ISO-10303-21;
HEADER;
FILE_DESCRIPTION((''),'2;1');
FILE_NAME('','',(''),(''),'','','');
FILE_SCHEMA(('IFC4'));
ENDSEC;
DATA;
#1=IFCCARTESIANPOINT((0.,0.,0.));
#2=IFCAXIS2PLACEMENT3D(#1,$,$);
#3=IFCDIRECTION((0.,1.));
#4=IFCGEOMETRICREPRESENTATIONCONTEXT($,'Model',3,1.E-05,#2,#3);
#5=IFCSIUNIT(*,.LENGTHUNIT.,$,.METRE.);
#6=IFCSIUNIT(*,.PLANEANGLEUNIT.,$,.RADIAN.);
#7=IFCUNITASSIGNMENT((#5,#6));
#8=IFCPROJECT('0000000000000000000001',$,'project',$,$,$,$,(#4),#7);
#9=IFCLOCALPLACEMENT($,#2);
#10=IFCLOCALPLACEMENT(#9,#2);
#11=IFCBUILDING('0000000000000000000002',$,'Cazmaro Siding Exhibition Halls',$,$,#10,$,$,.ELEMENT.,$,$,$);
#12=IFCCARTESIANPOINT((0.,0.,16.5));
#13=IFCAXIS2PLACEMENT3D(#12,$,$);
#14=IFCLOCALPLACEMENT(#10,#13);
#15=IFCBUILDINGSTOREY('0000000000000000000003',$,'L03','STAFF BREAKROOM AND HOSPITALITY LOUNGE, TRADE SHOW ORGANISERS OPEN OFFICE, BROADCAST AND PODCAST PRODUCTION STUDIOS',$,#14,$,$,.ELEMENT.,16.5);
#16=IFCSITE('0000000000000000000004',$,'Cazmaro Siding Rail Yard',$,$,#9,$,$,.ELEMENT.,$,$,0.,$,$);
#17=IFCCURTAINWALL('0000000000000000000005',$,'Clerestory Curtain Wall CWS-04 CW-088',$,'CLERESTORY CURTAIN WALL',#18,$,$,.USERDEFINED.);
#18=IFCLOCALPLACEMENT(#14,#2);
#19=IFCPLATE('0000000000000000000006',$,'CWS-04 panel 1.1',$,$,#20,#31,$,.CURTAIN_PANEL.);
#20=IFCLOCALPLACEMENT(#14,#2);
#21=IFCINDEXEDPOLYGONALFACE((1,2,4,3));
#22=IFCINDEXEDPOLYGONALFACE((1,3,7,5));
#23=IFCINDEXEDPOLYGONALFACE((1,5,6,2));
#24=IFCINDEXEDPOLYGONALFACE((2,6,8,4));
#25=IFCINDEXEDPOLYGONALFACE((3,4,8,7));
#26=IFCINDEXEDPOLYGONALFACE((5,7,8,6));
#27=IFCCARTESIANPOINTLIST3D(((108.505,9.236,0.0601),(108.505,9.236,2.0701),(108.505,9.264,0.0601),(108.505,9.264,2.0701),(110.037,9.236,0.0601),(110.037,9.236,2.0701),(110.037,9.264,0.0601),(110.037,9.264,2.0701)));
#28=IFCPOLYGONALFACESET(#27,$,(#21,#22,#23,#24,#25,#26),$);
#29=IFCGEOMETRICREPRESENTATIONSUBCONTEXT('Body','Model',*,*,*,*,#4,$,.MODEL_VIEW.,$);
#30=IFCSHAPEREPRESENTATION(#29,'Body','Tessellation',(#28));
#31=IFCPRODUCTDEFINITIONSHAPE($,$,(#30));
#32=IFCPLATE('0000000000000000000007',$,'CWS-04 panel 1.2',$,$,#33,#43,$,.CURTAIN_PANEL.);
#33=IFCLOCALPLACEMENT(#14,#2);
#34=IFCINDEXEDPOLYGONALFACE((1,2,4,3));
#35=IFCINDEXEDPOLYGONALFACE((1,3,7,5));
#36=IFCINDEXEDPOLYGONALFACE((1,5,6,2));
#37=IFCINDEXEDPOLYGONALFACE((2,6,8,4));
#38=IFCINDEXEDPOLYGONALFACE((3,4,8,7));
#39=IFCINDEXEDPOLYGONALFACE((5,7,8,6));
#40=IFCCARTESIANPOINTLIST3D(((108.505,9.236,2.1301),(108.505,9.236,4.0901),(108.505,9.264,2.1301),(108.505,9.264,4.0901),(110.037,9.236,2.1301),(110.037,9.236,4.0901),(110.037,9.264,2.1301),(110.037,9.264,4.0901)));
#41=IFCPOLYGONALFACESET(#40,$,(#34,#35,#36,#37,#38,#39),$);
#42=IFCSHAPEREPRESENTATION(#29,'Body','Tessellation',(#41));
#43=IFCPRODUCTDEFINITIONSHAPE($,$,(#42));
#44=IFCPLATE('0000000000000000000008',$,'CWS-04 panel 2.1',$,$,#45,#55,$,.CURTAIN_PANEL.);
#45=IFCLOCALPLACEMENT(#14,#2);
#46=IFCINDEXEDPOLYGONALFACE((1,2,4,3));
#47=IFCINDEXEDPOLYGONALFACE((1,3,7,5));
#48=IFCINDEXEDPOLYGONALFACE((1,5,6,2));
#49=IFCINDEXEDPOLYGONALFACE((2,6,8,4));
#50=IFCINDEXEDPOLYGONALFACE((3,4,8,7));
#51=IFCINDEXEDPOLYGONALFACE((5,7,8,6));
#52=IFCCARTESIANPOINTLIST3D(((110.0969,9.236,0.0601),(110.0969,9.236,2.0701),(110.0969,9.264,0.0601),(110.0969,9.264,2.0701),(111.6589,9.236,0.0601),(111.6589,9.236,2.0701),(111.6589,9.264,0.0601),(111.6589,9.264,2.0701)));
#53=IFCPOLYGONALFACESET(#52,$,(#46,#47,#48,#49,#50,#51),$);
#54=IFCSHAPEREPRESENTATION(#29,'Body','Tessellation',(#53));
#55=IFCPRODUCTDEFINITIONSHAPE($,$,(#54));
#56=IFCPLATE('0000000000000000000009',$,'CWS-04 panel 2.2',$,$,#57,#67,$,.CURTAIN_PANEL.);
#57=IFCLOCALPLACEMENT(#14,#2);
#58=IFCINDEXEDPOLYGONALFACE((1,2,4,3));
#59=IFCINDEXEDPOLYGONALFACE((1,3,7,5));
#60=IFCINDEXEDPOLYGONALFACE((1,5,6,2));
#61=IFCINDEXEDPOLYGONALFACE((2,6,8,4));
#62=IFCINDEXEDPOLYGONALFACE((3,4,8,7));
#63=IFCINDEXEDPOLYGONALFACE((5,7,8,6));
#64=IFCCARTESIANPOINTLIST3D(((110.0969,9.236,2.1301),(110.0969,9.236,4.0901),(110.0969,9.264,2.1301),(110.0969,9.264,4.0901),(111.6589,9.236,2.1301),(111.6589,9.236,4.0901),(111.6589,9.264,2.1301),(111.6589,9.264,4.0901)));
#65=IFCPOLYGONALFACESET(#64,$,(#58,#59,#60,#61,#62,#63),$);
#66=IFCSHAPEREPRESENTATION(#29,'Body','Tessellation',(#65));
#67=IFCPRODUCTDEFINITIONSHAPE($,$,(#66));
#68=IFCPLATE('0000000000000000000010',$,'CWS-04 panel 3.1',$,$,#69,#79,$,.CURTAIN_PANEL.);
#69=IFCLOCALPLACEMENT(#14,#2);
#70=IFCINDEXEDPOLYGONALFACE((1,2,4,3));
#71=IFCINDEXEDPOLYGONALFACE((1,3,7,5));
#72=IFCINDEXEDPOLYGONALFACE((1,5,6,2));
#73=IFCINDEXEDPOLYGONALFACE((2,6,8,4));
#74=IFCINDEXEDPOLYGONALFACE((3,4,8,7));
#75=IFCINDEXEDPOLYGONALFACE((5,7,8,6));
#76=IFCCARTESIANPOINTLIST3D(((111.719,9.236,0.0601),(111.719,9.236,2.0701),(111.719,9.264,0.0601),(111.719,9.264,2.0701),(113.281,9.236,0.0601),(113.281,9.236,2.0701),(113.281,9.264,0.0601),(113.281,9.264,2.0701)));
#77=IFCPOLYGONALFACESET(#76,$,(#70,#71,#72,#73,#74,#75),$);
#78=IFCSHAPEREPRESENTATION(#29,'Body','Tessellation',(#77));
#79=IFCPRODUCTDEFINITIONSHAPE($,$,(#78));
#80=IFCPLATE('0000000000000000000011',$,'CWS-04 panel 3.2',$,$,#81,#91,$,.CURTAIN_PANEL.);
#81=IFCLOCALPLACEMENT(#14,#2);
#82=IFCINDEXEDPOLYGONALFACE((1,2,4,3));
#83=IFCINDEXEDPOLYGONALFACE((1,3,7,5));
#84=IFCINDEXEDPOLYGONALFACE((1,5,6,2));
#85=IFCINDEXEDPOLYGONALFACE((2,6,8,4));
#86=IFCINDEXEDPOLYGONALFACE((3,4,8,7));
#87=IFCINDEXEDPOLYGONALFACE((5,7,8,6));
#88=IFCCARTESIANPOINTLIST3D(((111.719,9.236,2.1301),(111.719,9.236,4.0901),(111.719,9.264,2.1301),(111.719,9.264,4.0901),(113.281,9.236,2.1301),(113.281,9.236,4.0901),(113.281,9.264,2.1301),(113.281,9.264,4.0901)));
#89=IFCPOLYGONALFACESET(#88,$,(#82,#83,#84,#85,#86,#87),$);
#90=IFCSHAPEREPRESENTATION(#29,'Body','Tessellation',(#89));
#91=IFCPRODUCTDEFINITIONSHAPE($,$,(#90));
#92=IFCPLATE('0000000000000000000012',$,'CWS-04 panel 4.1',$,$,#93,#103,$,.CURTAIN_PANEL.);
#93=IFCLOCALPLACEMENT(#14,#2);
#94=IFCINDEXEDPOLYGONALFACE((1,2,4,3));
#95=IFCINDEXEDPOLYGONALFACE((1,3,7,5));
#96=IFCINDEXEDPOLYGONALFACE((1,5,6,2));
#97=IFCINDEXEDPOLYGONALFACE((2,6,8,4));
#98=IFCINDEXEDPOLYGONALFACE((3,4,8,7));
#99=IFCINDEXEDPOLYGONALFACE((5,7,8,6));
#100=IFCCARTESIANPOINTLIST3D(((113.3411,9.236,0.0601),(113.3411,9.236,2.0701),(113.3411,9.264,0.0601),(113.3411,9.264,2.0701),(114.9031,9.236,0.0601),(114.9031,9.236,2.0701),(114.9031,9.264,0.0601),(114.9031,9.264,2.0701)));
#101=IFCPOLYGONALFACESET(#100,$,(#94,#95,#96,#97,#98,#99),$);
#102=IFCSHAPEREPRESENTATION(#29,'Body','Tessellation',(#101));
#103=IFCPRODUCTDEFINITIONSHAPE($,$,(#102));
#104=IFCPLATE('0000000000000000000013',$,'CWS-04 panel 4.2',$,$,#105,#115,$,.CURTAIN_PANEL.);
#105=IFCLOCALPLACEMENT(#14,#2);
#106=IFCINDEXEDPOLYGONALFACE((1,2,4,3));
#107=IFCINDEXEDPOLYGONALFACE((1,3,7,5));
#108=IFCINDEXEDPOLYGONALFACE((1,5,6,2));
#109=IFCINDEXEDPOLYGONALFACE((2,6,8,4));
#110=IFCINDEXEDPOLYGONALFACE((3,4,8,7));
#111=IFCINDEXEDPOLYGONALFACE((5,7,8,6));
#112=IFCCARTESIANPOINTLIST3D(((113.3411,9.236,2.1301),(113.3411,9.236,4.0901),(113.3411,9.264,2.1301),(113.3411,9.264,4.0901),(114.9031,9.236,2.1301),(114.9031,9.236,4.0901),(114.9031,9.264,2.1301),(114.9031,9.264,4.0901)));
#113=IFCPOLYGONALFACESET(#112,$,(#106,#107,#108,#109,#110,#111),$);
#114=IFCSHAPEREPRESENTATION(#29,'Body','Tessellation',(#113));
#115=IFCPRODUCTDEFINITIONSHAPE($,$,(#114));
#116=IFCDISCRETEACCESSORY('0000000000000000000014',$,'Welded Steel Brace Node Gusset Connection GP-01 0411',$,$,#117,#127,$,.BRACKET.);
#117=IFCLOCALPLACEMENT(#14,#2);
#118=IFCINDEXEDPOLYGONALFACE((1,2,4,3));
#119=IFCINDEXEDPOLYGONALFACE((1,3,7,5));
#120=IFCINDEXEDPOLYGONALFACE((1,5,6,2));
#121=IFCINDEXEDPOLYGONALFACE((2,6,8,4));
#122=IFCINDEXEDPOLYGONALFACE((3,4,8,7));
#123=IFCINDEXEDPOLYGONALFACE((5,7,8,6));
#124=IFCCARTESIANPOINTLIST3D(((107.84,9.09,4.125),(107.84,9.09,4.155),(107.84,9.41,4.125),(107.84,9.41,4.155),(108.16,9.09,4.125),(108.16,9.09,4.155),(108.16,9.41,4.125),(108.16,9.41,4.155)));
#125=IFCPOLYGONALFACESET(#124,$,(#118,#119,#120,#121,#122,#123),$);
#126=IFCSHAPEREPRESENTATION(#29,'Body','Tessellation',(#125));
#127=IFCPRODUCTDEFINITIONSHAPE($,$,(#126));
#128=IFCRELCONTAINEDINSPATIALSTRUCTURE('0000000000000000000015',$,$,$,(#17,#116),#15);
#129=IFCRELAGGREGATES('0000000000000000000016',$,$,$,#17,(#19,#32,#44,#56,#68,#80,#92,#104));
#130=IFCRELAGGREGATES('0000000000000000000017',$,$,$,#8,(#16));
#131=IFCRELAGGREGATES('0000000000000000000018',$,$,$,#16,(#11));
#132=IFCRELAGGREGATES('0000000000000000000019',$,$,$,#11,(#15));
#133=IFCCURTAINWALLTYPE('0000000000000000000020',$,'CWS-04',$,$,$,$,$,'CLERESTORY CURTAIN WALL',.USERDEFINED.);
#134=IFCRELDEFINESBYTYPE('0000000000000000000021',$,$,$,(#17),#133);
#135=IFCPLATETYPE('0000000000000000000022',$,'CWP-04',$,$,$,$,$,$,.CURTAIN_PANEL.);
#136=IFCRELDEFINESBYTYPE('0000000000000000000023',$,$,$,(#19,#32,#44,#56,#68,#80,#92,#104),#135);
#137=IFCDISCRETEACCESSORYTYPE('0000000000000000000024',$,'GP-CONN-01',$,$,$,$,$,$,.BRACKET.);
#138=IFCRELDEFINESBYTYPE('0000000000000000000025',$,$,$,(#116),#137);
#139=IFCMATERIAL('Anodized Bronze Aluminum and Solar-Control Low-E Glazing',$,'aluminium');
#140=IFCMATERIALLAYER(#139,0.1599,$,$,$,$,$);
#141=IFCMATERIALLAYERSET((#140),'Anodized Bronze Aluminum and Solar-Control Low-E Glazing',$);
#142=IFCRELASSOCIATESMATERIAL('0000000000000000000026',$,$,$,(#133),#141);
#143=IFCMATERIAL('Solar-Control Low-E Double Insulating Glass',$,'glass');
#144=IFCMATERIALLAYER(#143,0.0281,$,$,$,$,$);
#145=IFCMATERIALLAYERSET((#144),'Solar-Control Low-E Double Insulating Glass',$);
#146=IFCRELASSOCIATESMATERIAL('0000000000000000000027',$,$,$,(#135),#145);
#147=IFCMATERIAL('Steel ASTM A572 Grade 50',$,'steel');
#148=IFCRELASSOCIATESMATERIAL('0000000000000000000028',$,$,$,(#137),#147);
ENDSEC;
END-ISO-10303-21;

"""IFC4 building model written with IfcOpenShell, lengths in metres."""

from ifc_helpers import new_model, si_unit, direction, frame, origin, origin_2d, place, context, subcontext, project, spatial, rectangle, extrude, material, layer, layer_set, type_object, element, aggregate, save


model = new_model("IFC4")

# Units and contexts
model_context = context("Model", 3, precision=1e-05, world=origin(), true_north=direction((0.0, 1.0)))
body_context = subcontext(model_context, "Body", "Model", "MODEL_VIEW")
ifc_project = project(units=[si_unit("LENGTHUNIT", "METRE"), si_unit("PLANEANGLEUNIT", "RADIAN")], contexts=[model_context])

# Site, building, storey
site_placement = place(None, origin())
site = spatial("IfcSite", under=ifc_project, at=site_placement, Name="Cazmaro Siding Rail Yard", CompositionType="ELEMENT", RefElevation=0.0)
building_placement = place(site_placement, origin())
building = spatial("IfcBuilding", under=site, at=building_placement, Name="Cazmaro Siding Exhibition Halls", CompositionType="ELEMENT")
storey_placement = place(building_placement, frame((0.0, 0.0, 16.5)))
storey = spatial("IfcBuildingStorey", under=building, at=storey_placement, Name="L03", Description="STAFF BREAKROOM AND HOSPITALITY LOUNGE, TRADE SHOW ORGANISERS OPEN OFFICE, BROADCAST AND PODCAST PRODUCTION STUDIOS", CompositionType="ELEMENT", Elevation=16.5)

# Curtain wall
ifc_material_1 = material(Name="Anodized Bronze Aluminum and Solar-Control Low-E Glazing", Category="aluminium")
ifc_layer_1 = layer(ifc_material_1, 0.1599)
ifc_layer_set_1 = layer_set([ifc_layer_1], Name="Anodized Bronze Aluminum and Solar-Control Low-E Glazing")
curtain_wall_type = type_object("IfcCurtainWallType", Name="CWS-04", ElementType="CLERESTORY CURTAIN WALL", PredefinedType="USERDEFINED", material=ifc_layer_set_1)
curtain_wall_placement = place(storey_placement, origin())
curtain_wall = element("IfcCurtainWall", 1, at=curtain_wall_placement, inside=storey, type_object=curtain_wall_type, Name="Clerestory Curtain Wall CWS-04 CW-088", ObjectType="CLERESTORY CURTAIN WALL", PredefinedType="USERDEFINED")

# Plates
ifc_material_2 = material(Name="Solar-Control Low-E Double Insulating Glass", Category="glass")
ifc_layer_2 = layer(ifc_material_2, 0.0281)
ifc_layer_set_2 = layer_set([ifc_layer_2], Name="Solar-Control Low-E Double Insulating Glass")
plate_type = type_object("IfcPlateType", Name="CWP-04", PredefinedType="CURTAIN_PANEL", material=ifc_layer_set_2)
plate_1_placement = place(storey_placement, frame((109.271, 9.25, 0.0601), z_axis=(0.0, 0.0, 1.0), x_axis=(1.0, 0.0, 0.0)))
plate_1 = element("IfcPlate", 2, at=plate_1_placement, type_object=plate_type, Name="CWS-04 panel 1.1", PredefinedType="CURTAIN_PANEL", context=body_context, shape_type="SweptSolid", body=[
    extrude(rectangle(XDim=1.532, YDim=0.0281, at=origin_2d()), origin(), (0.0, 0.0, 1.0), 2.01),
])
plate_2_placement = place(storey_placement, frame((109.271, 9.25, 2.1301), z_axis=(0.0, 0.0, 1.0), x_axis=(1.0, 0.0, 0.0)))
plate_2 = element("IfcPlate", 3, at=plate_2_placement, type_object=plate_type, Name="CWS-04 panel 1.2", PredefinedType="CURTAIN_PANEL", context=body_context, shape_type="SweptSolid", body=[
    extrude(rectangle(XDim=1.532, YDim=0.0281, at=origin_2d()), origin(), (0.0, 0.0, 1.0), 1.96),
])
plate_3_placement = place(storey_placement, frame((110.8779, 9.25, 0.0601), z_axis=(0.0, 0.0, 1.0), x_axis=(1.0, 0.0, 0.0)))
plate_3 = element("IfcPlate", 4, at=plate_3_placement, type_object=plate_type, Name="CWS-04 panel 2.1", PredefinedType="CURTAIN_PANEL", context=body_context, shape_type="SweptSolid", body=[
    extrude(rectangle(XDim=1.562, YDim=0.0281, at=origin_2d()), origin(), (0.0, 0.0, 1.0), 2.01),
])
plate_4_placement = place(storey_placement, frame((110.8779, 9.25, 2.1301), z_axis=(0.0, 0.0, 1.0), x_axis=(1.0, 0.0, 0.0)))
plate_4 = element("IfcPlate", 5, at=plate_4_placement, type_object=plate_type, Name="CWS-04 panel 2.2", PredefinedType="CURTAIN_PANEL", context=body_context, shape_type="SweptSolid", body=[
    extrude(rectangle(XDim=1.562, YDim=0.0281, at=origin_2d()), origin(), (0.0, 0.0, 1.0), 1.96),
])
plate_5_placement = place(storey_placement, frame((112.5, 9.25, 0.0601), z_axis=(0.0, 0.0, 1.0), x_axis=(1.0, 0.0, 0.0)))
plate_5 = element("IfcPlate", 6, at=plate_5_placement, type_object=plate_type, Name="CWS-04 panel 3.1", PredefinedType="CURTAIN_PANEL", context=body_context, shape_type="SweptSolid", body=[
    extrude(rectangle(XDim=1.562, YDim=0.0281, at=origin_2d()), origin(), (0.0, 0.0, 1.0), 2.01),
])
plate_6_placement = place(storey_placement, frame((112.5, 9.25, 2.1301), z_axis=(0.0, 0.0, 1.0), x_axis=(1.0, 0.0, 0.0)))
plate_6 = element("IfcPlate", 7, at=plate_6_placement, type_object=plate_type, Name="CWS-04 panel 3.2", PredefinedType="CURTAIN_PANEL", context=body_context, shape_type="SweptSolid", body=[
    extrude(rectangle(XDim=1.562, YDim=0.0281, at=origin_2d()), origin(), (0.0, 0.0, 1.0), 1.96),
])
plate_7_placement = place(storey_placement, frame((114.1221, 9.25, 0.0601), z_axis=(0.0, 0.0, 1.0), x_axis=(1.0, 0.0, 0.0)))
plate_7 = element("IfcPlate", 8, at=plate_7_placement, type_object=plate_type, Name="CWS-04 panel 4.1", PredefinedType="CURTAIN_PANEL", context=body_context, shape_type="SweptSolid", body=[
    extrude(rectangle(XDim=1.562, YDim=0.0281, at=origin_2d()), origin(), (0.0, 0.0, 1.0), 2.01),
])
plate_8_placement = place(storey_placement, frame((114.1221, 9.25, 2.1301), z_axis=(0.0, 0.0, 1.0), x_axis=(1.0, 0.0, 0.0)))
plate_8 = element("IfcPlate", 9, at=plate_8_placement, type_object=plate_type, Name="CWS-04 panel 4.2", PredefinedType="CURTAIN_PANEL", context=body_context, shape_type="SweptSolid", body=[
    extrude(rectangle(XDim=1.562, YDim=0.0281, at=origin_2d()), origin(), (0.0, 0.0, 1.0), 1.96),
])
aggregate(curtain_wall, [plate_1, plate_2, plate_3, plate_4, plate_5, plate_6, plate_7, plate_8])

# Discrete accessory
ifc_material_3 = material(Name="Steel ASTM A572 Grade 50", Category="steel")
discrete_accessory_type = type_object("IfcDiscreteAccessoryType", Name="GP-CONN-01", PredefinedType="BRACKET", material=ifc_material_3)
discrete_accessory_placement = place(storey_placement, frame((108.0, 9.25, 4.125), z_axis=(0.0, 0.0, 1.0), x_axis=(1.0, 0.0, 0.0)))
element("IfcDiscreteAccessory", 10, at=discrete_accessory_placement, inside=storey, type_object=discrete_accessory_type, Name="Welded Steel Brace Node Gusset Connection GP-01 0411", PredefinedType="BRACKET", context=body_context, shape_type="SweptSolid", body=[
    extrude(rectangle(XDim=0.3201, YDim=0.3201, at=origin_2d()), origin(), (0.0, 0.0, 1.0), 0.03),
])

save(model, "model.ifc")
